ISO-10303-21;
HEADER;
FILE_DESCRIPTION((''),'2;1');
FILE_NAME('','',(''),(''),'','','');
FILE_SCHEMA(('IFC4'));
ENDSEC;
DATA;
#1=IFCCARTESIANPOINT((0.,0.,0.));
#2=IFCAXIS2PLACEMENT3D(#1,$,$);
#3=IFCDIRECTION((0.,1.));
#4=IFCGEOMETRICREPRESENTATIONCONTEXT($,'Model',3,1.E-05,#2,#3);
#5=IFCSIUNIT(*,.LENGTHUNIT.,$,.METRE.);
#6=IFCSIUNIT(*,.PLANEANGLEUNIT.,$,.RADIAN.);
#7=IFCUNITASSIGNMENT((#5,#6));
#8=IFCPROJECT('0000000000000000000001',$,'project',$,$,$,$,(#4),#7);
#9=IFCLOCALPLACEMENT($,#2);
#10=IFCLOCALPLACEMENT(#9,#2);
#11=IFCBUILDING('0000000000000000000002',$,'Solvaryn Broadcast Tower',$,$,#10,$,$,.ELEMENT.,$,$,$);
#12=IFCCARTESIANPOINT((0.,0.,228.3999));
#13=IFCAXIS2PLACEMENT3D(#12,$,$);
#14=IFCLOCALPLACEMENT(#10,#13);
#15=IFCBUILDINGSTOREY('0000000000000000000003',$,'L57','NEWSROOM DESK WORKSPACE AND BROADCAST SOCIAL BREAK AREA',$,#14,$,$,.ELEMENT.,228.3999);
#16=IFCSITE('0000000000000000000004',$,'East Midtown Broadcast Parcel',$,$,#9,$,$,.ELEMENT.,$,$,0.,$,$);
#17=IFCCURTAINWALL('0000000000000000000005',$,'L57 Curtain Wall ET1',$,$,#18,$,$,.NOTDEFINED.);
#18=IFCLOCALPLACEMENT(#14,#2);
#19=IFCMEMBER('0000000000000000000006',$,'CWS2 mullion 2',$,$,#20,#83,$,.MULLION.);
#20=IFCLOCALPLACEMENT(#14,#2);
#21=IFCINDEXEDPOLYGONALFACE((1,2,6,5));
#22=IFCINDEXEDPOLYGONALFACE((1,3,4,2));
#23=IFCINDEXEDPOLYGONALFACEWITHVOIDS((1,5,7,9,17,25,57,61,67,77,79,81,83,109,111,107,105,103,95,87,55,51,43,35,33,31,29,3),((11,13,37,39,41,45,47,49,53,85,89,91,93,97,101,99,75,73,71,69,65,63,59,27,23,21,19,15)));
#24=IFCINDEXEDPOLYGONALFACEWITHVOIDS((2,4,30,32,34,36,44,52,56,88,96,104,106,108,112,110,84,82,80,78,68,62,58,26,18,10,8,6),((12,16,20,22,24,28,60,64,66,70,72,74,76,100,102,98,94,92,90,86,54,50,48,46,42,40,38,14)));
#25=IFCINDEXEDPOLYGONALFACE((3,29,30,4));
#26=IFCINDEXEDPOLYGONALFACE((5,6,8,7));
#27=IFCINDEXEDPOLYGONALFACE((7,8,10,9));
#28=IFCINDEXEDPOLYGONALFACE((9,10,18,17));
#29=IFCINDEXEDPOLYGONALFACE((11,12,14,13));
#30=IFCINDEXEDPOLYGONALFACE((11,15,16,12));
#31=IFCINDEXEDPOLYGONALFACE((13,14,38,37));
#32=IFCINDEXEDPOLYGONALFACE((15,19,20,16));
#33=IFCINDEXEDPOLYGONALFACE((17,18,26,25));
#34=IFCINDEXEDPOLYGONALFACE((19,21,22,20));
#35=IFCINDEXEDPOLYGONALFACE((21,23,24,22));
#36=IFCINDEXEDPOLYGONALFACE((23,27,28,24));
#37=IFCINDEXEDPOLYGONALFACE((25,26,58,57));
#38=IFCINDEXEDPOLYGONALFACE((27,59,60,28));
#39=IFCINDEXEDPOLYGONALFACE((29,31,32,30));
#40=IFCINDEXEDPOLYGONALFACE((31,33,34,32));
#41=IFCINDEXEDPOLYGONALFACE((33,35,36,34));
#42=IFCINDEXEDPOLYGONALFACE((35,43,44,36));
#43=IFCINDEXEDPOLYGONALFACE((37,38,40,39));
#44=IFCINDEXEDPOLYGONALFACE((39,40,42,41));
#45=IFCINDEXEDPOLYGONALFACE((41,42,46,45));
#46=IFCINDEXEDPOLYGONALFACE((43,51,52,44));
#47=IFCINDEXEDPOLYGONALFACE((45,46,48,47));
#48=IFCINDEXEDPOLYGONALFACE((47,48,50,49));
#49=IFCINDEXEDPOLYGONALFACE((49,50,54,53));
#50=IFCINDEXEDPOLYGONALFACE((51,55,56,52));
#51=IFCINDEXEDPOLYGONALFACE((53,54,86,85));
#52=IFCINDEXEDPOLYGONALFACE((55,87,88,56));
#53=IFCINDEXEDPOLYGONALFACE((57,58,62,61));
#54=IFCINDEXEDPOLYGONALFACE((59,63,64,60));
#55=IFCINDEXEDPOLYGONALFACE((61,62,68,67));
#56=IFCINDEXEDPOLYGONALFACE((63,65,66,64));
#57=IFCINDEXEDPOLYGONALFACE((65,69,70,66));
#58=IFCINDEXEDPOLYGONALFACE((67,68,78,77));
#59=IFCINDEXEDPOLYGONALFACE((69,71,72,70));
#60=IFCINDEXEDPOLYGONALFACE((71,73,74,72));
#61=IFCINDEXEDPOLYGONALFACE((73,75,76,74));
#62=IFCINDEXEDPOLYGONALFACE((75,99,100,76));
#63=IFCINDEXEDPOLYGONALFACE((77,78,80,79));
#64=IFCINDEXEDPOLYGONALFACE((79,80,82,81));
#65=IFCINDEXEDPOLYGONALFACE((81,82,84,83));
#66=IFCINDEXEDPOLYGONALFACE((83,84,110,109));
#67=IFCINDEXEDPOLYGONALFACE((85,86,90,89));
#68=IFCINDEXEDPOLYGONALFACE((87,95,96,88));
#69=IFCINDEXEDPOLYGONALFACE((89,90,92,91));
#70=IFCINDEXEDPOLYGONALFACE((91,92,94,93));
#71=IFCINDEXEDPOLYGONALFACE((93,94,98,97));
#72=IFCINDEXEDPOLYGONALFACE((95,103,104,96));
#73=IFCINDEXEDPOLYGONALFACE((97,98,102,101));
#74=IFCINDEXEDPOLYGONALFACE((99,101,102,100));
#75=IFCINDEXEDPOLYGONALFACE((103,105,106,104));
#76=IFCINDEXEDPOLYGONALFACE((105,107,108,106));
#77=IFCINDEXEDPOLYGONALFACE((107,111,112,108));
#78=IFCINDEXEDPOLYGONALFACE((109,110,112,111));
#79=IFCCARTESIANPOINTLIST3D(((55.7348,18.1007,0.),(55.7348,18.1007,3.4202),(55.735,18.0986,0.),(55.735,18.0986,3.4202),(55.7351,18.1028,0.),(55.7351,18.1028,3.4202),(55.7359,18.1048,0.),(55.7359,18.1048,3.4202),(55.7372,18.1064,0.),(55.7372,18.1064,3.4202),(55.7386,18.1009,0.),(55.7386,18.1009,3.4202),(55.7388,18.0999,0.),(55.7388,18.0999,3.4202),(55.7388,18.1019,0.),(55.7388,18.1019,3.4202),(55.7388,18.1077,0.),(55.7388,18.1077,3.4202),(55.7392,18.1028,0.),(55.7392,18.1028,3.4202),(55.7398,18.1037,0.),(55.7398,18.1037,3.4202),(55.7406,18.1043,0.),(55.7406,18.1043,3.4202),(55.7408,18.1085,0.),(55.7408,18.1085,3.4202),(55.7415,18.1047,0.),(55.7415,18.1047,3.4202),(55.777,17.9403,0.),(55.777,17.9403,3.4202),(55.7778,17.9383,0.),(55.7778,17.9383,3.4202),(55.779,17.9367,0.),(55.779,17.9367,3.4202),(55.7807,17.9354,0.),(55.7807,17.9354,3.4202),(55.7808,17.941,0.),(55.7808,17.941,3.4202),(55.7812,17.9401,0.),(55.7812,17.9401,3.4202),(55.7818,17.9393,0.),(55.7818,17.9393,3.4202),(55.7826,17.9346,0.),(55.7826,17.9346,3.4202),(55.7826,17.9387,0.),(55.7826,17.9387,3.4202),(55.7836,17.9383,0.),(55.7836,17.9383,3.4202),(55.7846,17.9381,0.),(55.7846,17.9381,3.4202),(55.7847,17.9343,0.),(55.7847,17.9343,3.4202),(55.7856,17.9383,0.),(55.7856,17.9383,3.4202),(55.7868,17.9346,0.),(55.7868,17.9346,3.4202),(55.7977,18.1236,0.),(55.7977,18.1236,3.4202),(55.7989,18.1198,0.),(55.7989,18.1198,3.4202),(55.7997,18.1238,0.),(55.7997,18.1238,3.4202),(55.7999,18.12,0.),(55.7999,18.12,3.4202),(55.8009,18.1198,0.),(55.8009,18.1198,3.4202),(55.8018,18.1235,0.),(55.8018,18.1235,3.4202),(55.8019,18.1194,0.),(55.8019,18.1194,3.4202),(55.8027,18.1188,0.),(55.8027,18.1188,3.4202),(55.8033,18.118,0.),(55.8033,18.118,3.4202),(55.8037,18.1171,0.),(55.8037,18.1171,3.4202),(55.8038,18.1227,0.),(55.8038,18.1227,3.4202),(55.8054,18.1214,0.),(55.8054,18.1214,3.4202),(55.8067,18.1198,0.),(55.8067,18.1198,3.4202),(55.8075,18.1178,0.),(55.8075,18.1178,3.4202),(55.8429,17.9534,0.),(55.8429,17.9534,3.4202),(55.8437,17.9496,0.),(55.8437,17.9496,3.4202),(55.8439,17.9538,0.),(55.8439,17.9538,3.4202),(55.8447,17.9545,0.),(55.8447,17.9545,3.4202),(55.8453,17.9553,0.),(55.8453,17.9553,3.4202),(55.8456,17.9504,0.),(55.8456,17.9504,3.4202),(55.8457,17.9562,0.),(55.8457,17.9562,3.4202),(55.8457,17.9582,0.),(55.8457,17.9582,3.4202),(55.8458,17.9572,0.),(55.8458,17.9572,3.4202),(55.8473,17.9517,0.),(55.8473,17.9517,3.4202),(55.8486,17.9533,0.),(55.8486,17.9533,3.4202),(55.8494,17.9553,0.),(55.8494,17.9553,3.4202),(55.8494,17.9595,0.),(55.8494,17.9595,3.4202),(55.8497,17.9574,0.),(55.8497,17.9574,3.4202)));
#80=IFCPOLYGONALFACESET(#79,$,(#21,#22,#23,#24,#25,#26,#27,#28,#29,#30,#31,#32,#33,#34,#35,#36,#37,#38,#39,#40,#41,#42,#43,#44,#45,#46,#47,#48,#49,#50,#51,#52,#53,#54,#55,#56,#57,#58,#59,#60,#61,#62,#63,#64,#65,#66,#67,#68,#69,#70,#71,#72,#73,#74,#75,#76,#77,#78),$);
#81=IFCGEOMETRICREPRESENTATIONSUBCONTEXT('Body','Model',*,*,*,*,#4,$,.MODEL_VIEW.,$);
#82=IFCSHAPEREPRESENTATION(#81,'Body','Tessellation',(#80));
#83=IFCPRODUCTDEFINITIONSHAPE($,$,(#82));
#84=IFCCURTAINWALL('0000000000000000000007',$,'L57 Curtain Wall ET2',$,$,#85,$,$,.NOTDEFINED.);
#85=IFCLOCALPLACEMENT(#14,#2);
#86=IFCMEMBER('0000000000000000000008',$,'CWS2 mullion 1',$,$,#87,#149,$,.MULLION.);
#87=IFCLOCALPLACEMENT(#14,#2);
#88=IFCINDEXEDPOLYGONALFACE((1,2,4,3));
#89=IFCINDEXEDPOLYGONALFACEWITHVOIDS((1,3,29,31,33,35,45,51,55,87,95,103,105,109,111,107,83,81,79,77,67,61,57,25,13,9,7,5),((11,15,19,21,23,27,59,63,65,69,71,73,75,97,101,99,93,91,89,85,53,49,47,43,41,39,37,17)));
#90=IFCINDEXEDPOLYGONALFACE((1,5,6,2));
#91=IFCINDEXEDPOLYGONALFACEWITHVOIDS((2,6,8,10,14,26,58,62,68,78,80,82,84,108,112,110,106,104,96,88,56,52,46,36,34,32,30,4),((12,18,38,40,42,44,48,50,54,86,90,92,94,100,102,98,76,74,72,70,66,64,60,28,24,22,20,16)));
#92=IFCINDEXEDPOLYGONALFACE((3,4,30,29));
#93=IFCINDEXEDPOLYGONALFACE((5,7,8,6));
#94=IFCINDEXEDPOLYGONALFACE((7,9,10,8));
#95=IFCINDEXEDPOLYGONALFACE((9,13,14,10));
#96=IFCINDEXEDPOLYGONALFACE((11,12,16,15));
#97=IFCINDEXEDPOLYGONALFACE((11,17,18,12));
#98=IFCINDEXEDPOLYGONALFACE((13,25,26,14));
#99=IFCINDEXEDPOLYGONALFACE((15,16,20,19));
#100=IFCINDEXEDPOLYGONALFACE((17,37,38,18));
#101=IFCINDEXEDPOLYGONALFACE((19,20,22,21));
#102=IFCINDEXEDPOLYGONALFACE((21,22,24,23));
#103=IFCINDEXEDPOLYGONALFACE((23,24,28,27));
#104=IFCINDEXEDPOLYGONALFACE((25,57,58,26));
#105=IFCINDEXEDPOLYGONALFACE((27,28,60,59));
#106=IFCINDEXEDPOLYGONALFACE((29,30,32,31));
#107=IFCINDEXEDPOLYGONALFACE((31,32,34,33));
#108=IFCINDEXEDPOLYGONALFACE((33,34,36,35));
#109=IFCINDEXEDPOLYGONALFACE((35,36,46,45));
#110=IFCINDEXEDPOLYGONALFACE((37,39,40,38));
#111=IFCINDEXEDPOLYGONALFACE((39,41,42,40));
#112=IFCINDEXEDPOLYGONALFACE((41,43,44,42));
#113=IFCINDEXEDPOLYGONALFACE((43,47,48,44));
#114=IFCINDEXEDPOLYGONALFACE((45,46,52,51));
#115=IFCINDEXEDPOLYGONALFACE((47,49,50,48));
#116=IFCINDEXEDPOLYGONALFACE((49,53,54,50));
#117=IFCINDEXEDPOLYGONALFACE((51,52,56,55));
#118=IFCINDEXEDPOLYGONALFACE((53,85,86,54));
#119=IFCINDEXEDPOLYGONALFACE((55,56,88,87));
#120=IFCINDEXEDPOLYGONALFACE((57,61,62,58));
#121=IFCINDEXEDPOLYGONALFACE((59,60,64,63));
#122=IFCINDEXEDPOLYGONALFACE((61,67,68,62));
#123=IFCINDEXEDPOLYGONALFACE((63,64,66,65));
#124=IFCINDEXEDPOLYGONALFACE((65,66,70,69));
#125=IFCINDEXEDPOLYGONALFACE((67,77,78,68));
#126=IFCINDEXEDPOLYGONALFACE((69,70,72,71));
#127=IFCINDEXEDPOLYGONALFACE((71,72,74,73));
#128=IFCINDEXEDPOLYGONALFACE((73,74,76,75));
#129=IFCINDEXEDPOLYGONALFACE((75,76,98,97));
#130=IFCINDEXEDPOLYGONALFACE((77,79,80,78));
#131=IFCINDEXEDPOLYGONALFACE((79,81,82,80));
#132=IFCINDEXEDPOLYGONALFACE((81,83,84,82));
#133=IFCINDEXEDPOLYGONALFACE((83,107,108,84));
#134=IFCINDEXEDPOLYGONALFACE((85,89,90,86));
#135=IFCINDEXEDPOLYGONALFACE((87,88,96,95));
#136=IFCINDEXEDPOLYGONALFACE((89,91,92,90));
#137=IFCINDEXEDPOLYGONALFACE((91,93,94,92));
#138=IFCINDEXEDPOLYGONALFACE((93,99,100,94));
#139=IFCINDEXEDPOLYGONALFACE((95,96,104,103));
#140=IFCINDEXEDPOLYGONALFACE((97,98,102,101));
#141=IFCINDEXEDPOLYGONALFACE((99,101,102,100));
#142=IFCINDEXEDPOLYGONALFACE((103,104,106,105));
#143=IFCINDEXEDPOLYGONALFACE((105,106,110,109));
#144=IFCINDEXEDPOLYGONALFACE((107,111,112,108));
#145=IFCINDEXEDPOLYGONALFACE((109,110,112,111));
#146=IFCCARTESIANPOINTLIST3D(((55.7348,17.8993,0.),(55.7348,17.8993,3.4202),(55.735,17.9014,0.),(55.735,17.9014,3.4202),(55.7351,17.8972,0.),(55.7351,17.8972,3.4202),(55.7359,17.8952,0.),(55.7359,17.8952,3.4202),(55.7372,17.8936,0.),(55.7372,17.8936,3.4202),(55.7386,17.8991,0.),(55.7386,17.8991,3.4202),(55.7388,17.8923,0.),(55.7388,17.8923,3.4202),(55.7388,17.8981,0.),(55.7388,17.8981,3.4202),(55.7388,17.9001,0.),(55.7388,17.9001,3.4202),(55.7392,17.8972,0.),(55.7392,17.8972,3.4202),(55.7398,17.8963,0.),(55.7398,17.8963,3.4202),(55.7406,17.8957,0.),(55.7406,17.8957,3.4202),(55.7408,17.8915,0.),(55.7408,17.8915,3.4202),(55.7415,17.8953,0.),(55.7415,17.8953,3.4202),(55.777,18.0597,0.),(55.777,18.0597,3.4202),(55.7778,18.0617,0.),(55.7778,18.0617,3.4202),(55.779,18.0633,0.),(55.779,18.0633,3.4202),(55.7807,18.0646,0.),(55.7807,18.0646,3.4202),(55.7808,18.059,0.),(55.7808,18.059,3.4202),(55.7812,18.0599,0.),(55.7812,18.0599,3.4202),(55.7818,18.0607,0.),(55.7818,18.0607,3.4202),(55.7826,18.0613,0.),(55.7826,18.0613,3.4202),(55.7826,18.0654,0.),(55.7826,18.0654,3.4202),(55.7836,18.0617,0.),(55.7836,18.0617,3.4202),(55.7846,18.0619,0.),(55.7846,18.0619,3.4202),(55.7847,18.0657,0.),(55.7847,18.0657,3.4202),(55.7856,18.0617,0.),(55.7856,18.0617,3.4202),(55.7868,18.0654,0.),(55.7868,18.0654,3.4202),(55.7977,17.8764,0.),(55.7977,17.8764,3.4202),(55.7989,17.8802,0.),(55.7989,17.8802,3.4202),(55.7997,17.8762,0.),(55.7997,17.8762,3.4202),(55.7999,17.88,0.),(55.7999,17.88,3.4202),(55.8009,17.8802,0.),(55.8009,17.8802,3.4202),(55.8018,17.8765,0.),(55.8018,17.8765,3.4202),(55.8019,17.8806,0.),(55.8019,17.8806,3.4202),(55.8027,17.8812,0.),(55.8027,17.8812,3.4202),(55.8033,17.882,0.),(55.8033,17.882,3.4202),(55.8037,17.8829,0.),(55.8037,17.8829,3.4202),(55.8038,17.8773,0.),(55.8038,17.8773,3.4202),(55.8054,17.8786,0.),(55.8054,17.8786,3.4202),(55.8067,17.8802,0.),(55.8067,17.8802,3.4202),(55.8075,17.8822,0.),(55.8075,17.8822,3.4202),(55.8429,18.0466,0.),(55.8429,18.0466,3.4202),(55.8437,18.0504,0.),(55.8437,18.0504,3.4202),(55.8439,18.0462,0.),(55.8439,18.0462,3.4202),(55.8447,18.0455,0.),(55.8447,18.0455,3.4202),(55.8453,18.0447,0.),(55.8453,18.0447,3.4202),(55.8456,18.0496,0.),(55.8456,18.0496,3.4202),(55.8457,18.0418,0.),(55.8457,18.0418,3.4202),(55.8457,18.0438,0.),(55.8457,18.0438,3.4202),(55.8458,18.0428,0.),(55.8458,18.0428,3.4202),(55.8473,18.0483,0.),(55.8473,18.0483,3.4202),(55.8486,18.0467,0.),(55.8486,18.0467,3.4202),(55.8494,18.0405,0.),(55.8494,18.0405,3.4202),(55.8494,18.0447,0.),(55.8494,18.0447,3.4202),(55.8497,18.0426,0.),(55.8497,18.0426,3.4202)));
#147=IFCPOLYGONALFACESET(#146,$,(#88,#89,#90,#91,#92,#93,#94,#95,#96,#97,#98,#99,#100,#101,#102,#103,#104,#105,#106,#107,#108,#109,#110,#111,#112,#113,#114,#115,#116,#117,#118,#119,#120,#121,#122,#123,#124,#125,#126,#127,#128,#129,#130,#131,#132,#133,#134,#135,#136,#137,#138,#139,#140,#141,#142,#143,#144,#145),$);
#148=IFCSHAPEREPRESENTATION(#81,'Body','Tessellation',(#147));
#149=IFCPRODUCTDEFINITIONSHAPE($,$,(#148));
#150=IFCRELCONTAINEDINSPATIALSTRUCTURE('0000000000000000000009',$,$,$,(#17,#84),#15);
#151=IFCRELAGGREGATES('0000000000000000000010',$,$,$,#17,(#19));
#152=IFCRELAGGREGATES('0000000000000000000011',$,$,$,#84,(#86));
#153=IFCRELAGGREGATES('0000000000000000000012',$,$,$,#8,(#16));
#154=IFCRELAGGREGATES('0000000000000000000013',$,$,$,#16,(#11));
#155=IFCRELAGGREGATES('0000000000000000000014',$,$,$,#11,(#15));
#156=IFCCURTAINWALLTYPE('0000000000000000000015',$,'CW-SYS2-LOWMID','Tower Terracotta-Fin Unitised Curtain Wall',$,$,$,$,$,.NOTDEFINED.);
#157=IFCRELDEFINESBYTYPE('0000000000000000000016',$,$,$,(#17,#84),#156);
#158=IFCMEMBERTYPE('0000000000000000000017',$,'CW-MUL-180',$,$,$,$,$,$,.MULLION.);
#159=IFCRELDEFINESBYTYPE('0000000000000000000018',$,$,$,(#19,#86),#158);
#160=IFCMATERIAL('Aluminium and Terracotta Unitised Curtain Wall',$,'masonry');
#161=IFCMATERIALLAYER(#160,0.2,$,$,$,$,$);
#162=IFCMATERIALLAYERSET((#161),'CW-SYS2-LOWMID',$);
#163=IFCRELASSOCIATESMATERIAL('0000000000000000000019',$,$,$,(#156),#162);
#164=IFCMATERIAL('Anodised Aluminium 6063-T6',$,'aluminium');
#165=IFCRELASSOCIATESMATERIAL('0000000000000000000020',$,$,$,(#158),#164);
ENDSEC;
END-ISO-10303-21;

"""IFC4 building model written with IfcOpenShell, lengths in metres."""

from ifc_helpers import new_model, si_unit, direction, frame, origin, origin_2d, place, context, subcontext, project, spatial, hollow_rectangle, extrude, material, layer, layer_set, material_profile, profile_set, type_object, element, aggregate, save


model = new_model("IFC4")

# Units and contexts
model_context = context("Model", 3, precision=1e-05, world=origin(), true_north=direction((0.0, 1.0)))
body_context = subcontext(model_context, "Body", "Model", "MODEL_VIEW")
ifc_project = project(units=[si_unit("LENGTHUNIT", "METRE"), si_unit("PLANEANGLEUNIT", "RADIAN")], contexts=[model_context])

# Site, building, storey
site_placement = place(None, origin())
site = spatial("IfcSite", under=ifc_project, at=site_placement, Name="East Midtown Broadcast Parcel", CompositionType="ELEMENT", RefElevation=0.0)
building_placement = place(site_placement, origin())
building = spatial("IfcBuilding", under=site, at=building_placement, Name="Solvaryn Broadcast Tower", CompositionType="ELEMENT")
storey_placement = place(building_placement, frame((0.0, 0.0, 228.3999)))
storey = spatial("IfcBuildingStorey", under=building, at=storey_placement, Name="L57", Description="NEWSROOM DESK WORKSPACE AND BROADCAST SOCIAL BREAK AREA", CompositionType="ELEMENT", Elevation=228.3999)

# Curtain wall, member
ifc_material_1 = material(Name="Aluminium and Terracotta Unitised Curtain Wall", Category="masonry")
ifc_layer_1 = layer(ifc_material_1, 0.2)
ifc_layer_set_1 = layer_set([ifc_layer_1], Name="CW-SYS2-LOWMID")
curtain_wall_type = type_object("IfcCurtainWallType", Name="CW-SYS2-LOWMID", Description="Tower Terracotta-Fin Unitised Curtain Wall", PredefinedType="NOTDEFINED", material=ifc_layer_set_1)
ifc_material_2 = material(Name="Anodised Aluminium 6063-T6", Category="aluminium")
ifc_material_profile_1 = material_profile(ifc_material_2, hollow_rectangle(XDim=0.075, YDim=0.1799, WallThickness=0.0039, InnerFilletRadius=0.0039, OuterFilletRadius=0.0081, at=origin_2d()))
ifc_profile_set_1 = profile_set([ifc_material_profile_1], Name="Anodised Aluminium 6063-T6")
member_type_1 = type_object("IfcMemberType", Name="CW-MUL-180", PredefinedType="MULLION", material=ifc_profile_set_1)
curtain_wall_1_placement = place(storey_placement, origin())
curtain_wall_1 = element("IfcCurtainWall", 1, at=curtain_wall_1_placement, inside=storey, type_object=curtain_wall_type, Name="L57 Curtain Wall ET1", PredefinedType="NOTDEFINED")
member_1_placement = place(storey_placement, frame((55.7922, 18.0291, 0.0), z_axis=(0.0, 0.0, 1.0), x_axis=(0.966705, 0.255893, 0.0)))
member_1 = element("IfcMember", 2, at=member_1_placement, type_object=member_type_1, Name="CWS2 mullion 2", PredefinedType="MULLION", context=body_context, shape_type="SweptSolid", body=[
    extrude(hollow_rectangle(XDim=0.075, YDim=0.1799, WallThickness=0.0039, InnerFilletRadius=0.0039, OuterFilletRadius=0.0081, at=origin_2d()), origin(), (0.0, 0.0, 1.0), 3.4202),
])
aggregate(curtain_wall_1, [member_1])

# Curtain wall, member
curtain_wall_2_placement = place(storey_placement, origin())
curtain_wall_2 = element("IfcCurtainWall", 3, at=curtain_wall_2_placement, inside=storey, type_object=curtain_wall_type, Name="L57 Curtain Wall ET2", PredefinedType="NOTDEFINED")
member_2_placement = place(storey_placement, frame((55.7922, 17.9709, 0.0), z_axis=(0.0, 0.0, 1.0), x_axis=(0.966705, -0.255893, 0.0)))
member_2 = element("IfcMember", 4, at=member_2_placement, type_object=member_type_1, Name="CWS2 mullion 1", PredefinedType="MULLION", context=body_context, shape_type="SweptSolid", body=[
    extrude(hollow_rectangle(XDim=0.075, YDim=0.1799, WallThickness=0.0039, InnerFilletRadius=0.0039, OuterFilletRadius=0.0081, at=origin_2d()), origin(), (0.0, 0.0, 1.0), 3.4202),
])

aggregate(curtain_wall_2, [member_2])

save(model, "model.ifc")
